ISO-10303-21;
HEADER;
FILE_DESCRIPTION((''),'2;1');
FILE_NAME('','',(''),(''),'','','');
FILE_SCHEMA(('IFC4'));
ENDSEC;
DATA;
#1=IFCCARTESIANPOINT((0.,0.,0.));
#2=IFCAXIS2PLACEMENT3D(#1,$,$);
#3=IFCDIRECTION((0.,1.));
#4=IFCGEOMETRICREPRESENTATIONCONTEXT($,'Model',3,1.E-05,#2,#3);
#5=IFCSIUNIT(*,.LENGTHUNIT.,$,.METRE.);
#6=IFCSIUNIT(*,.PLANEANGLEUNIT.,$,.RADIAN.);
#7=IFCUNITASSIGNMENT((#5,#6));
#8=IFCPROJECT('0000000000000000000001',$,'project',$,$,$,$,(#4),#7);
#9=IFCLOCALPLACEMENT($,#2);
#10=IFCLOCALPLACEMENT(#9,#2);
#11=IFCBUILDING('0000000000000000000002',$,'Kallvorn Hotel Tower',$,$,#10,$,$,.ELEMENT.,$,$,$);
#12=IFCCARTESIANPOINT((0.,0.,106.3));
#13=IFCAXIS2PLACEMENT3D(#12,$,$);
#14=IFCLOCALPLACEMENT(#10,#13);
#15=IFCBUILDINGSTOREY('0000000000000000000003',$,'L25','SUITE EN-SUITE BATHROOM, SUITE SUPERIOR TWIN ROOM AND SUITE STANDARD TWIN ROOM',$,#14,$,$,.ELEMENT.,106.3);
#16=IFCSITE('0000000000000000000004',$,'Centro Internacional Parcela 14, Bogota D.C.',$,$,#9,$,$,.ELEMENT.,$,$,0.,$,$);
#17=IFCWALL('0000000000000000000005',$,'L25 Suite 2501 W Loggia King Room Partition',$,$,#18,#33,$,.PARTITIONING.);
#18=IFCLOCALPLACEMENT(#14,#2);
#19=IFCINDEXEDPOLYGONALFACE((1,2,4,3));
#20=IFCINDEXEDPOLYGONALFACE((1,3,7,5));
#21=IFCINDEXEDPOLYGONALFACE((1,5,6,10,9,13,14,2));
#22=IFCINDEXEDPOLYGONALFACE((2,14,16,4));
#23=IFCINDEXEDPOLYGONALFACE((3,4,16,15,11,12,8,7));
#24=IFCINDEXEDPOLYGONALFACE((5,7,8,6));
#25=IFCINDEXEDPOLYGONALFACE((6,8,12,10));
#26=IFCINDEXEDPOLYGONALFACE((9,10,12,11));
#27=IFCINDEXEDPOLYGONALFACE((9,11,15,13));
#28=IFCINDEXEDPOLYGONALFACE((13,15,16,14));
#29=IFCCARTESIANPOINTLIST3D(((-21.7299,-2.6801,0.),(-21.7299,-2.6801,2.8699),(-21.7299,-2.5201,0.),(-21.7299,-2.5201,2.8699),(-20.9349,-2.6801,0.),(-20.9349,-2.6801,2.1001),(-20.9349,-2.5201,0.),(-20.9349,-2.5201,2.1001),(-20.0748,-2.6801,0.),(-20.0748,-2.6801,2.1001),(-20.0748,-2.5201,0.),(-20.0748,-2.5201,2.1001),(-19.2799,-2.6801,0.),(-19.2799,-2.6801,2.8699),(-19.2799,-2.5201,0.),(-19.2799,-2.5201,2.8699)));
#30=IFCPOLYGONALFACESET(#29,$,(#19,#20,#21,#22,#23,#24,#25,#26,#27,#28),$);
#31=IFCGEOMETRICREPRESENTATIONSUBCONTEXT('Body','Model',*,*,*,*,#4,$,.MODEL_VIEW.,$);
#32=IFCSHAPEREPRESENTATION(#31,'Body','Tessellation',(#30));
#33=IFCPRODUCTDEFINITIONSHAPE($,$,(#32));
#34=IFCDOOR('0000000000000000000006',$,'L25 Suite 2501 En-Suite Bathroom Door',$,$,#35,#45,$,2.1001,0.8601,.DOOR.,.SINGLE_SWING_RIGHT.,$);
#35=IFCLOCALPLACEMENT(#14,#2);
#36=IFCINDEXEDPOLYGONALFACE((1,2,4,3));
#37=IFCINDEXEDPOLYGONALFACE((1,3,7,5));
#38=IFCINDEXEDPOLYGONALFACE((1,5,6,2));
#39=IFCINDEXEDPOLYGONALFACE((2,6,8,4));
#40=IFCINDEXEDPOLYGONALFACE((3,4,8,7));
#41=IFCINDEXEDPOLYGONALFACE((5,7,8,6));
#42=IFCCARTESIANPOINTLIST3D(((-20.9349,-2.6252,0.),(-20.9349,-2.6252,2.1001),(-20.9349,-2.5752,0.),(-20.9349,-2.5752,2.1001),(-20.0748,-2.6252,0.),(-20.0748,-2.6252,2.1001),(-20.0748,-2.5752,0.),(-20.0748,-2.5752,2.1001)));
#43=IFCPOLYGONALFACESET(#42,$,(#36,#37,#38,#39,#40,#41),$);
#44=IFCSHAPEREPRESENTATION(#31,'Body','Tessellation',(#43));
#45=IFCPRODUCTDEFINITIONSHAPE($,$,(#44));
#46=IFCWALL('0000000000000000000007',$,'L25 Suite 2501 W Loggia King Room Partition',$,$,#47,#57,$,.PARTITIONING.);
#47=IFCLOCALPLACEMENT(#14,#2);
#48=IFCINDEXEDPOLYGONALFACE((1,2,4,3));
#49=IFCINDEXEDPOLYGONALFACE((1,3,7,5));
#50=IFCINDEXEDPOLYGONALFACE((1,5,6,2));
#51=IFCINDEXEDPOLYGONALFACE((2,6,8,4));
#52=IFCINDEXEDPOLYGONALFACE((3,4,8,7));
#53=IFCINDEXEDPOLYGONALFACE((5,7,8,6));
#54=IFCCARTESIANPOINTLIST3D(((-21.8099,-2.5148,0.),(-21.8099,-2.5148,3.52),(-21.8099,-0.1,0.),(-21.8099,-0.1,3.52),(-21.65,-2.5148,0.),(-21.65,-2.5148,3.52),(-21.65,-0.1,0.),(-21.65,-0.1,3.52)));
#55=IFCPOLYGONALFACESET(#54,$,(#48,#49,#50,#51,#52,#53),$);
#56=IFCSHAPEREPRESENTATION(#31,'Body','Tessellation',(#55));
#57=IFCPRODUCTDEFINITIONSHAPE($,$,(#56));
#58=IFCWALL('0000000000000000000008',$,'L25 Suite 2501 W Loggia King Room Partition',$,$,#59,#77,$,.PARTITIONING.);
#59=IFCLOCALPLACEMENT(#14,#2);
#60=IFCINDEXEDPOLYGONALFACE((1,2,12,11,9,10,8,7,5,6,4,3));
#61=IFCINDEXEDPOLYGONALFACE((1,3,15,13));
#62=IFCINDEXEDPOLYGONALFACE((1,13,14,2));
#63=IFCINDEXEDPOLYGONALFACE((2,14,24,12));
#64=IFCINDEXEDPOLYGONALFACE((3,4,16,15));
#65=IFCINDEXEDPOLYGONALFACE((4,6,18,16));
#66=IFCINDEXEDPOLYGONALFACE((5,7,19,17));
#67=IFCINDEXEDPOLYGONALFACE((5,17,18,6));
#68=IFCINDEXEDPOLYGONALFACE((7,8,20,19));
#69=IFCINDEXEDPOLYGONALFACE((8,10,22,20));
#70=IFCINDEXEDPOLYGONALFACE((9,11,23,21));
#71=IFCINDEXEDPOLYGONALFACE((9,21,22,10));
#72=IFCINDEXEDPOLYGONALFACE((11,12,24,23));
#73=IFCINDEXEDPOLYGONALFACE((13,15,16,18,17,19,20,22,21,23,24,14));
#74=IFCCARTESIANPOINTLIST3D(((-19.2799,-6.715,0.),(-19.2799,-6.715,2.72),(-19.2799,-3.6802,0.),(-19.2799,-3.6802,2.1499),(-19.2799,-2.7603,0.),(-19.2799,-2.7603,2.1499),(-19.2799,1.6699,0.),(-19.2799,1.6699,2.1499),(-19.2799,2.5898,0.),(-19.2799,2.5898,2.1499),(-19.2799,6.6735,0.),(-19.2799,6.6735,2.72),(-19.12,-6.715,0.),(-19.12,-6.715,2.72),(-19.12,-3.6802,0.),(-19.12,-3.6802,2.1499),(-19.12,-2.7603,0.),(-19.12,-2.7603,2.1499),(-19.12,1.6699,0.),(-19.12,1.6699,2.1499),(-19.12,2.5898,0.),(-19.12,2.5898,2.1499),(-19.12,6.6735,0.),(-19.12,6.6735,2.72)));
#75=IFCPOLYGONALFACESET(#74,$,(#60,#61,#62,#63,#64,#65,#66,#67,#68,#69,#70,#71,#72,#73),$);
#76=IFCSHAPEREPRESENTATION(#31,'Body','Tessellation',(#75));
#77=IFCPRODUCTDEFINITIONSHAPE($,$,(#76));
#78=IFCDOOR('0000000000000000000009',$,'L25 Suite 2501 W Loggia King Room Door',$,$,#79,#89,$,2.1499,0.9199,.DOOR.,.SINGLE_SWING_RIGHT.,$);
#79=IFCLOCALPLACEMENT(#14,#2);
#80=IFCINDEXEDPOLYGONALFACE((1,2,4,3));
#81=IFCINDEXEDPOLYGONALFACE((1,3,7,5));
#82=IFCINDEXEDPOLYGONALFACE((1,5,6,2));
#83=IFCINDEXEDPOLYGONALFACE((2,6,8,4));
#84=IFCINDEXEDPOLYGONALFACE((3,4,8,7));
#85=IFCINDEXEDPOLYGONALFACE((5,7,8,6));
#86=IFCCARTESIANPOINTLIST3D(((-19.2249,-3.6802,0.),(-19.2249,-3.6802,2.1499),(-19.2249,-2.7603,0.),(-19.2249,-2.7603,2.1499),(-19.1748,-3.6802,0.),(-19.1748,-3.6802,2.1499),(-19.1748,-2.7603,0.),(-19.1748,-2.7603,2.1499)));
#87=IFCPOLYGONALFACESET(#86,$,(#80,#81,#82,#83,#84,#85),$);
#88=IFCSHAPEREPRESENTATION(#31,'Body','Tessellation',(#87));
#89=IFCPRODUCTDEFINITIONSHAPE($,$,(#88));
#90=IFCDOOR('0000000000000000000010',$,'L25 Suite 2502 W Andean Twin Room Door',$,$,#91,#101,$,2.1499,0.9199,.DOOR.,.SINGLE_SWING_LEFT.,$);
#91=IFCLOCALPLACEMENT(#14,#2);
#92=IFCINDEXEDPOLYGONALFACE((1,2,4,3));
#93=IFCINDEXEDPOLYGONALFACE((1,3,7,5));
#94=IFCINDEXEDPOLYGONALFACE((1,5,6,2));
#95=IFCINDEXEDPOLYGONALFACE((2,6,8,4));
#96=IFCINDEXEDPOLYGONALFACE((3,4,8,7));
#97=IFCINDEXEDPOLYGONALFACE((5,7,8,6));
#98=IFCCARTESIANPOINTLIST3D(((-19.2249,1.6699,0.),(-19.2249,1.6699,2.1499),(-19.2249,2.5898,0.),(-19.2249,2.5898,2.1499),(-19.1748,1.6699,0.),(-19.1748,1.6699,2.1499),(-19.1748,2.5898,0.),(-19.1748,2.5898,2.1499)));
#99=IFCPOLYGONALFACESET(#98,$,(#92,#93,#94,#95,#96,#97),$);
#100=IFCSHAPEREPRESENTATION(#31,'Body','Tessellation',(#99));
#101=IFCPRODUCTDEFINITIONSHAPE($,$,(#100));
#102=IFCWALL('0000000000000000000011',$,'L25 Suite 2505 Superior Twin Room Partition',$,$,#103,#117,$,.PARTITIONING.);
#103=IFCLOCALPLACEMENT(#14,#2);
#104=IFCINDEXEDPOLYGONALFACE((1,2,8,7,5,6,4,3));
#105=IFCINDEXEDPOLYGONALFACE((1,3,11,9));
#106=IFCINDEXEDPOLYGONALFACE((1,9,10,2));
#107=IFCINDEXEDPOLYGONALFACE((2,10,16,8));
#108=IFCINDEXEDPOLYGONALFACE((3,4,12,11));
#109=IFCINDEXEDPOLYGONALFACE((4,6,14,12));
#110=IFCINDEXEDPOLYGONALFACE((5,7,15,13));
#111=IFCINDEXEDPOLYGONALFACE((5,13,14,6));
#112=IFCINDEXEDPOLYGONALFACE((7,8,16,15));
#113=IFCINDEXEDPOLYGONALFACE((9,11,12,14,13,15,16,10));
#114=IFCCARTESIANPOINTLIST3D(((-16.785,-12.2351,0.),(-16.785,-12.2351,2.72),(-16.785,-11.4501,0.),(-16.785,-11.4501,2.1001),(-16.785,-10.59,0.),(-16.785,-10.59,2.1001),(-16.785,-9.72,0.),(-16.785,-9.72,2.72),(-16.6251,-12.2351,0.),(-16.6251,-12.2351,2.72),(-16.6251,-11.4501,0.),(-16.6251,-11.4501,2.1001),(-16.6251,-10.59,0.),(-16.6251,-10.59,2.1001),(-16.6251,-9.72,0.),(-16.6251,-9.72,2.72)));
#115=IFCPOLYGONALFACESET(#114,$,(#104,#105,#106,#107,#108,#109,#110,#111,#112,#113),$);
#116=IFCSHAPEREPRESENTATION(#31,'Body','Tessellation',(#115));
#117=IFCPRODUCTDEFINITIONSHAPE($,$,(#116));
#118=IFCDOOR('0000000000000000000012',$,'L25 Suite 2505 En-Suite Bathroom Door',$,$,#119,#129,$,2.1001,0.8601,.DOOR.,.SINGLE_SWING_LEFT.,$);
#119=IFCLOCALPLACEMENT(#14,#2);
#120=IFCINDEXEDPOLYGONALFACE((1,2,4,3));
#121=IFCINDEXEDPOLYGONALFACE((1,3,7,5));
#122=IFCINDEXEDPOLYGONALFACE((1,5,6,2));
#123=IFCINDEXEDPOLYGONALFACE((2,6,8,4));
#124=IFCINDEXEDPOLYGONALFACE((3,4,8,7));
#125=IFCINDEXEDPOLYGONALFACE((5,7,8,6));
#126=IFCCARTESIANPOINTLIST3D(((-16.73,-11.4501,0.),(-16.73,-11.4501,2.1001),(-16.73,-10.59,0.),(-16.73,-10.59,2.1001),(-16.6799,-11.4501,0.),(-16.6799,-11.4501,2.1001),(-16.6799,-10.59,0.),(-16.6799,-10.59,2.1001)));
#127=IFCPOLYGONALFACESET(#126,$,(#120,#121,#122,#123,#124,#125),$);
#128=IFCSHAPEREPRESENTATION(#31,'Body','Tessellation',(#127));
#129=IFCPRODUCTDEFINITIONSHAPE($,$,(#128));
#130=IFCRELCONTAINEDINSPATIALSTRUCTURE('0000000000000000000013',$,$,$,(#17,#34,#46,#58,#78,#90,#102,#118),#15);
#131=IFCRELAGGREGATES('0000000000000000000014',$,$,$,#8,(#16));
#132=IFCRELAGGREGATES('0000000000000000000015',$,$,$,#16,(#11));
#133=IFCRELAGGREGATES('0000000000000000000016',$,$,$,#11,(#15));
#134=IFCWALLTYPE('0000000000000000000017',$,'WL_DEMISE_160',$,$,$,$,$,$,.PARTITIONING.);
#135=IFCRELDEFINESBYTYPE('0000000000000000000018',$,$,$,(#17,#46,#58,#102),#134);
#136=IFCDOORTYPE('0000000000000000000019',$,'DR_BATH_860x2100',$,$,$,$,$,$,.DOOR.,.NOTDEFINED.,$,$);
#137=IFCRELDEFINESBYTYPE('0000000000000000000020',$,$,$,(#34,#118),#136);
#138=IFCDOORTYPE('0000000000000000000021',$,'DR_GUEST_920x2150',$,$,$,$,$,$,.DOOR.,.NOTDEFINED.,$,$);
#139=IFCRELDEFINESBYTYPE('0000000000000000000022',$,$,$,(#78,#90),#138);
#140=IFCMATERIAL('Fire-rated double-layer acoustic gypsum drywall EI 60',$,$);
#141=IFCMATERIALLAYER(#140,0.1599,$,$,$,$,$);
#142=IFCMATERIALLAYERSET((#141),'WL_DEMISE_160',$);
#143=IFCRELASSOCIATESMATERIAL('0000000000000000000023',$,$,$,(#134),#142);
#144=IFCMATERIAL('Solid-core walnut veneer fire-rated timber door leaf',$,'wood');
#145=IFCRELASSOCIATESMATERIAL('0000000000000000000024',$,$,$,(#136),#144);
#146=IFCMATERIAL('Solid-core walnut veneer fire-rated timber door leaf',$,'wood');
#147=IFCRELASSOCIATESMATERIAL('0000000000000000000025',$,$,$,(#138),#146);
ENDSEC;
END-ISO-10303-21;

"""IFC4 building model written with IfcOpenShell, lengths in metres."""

from ifc_helpers import new_model, si_unit, direction, frame, frame_2d, origin, place, context, subcontext, project, spatial, rectangle, extrude, material, layer, layer_set, type_object, element, fill, save


model = new_model("IFC4")

# Units and contexts
model_context = context("Model", 3, precision=1e-05, world=origin(), true_north=direction((0.0, 1.0)))
body_context = subcontext(model_context, "Body", "Model", "MODEL_VIEW")
ifc_project = project(units=[si_unit("LENGTHUNIT", "METRE"), si_unit("PLANEANGLEUNIT", "RADIAN")], contexts=[model_context])

# Site, building, storey
site_placement = place(None, origin())
site = spatial("IfcSite", under=ifc_project, at=site_placement, Name="Centro Internacional Parcela 14, Bogota D.C.", CompositionType="ELEMENT", RefElevation=0.0)
building_placement = place(site_placement, origin())
building = spatial("IfcBuilding", under=site, at=building_placement, Name="Kallvorn Hotel Tower", CompositionType="ELEMENT")
storey_placement = place(building_placement, frame((0.0, 0.0, 106.3)))
storey = spatial("IfcBuildingStorey", under=building, at=storey_placement, Name="L25", Description="SUITE EN-SUITE BATHROOM, SUITE SUPERIOR TWIN ROOM AND SUITE STANDARD TWIN ROOM", CompositionType="ELEMENT", Elevation=106.3)

# Shared definitions
ifc_material_1 = material(Name="Fire-rated double-layer acoustic gypsum drywall EI 60")
ifc_layer = layer(ifc_material_1, 0.1599)
ifc_layer_set = layer_set([ifc_layer], Name="WL_DEMISE_160")
wall_type = type_object("IfcWallType", Name="WL_DEMISE_160", PredefinedType="PARTITIONING", material=ifc_layer_set)

# Wall, opening, door
wall_1_placement = place(storey_placement, frame((-21.73, -2.6001, 0.0), z_axis=(0.0, 0.0, 1.0), x_axis=(1.0, 0.0, 0.0)))
wall_1 = element("IfcWall", 1, at=wall_1_placement, inside=storey, type_object=wall_type, Name="L25 Suite 2501 W Loggia King Room Partition", PredefinedType="PARTITIONING", context=body_context, shape_type="SweptSolid", body=[
    extrude(rectangle(XDim=2.45, YDim=0.1599, at=frame_2d((1.2251, 0.0))), origin(), (0.0, 0.0, 1.0), 2.8699),
])
opening_1_placement = place(wall_1_placement, frame((0.7949, 0.0, 0.0)))
opening_1 = element("IfcOpeningElement", 2, at=opening_1_placement, cuts=wall_1, PredefinedType="OPENING", context=body_context, shape_type="SweptSolid", body=[
    extrude(rectangle(XDim=0.8601, YDim=2.1001, at=frame_2d((0.4302, 1.05))), frame((0.0, 0.095, 0.0), z_axis=(0.0, -1.0, 0.0), x_axis=(1.0, 0.0, 0.0)), (0.0, 0.0, 1.0), 0.1899),
])
ifc_material_2 = material(Name="Solid-core walnut veneer fire-rated timber door leaf", Category="wood")
door_type_1 = type_object("IfcDoorType", Name="DR_BATH_860x2100", OperationType="NOTDEFINED", PredefinedType="DOOR", material=ifc_material_2)
door_1_placement = place(opening_1_placement, origin())
door_1 = element("IfcDoor", 3, at=door_1_placement, inside=storey, type_object=door_type_1, Name="L25 Suite 2501 En-Suite Bathroom Door", OperationType="SINGLE_SWING_RIGHT", OverallHeight=2.1001, OverallWidth=0.8601, PredefinedType="DOOR", context=body_context, shape_type="SweptSolid", body=[
    extrude(rectangle(XDim=0.8601, YDim=2.1001, at=frame_2d((0.4302, 1.05))), frame((0.0, 0.0249, 0.0), z_axis=(0.0, -1.0, 0.0), x_axis=(1.0, 0.0, 0.0)), (0.0, 0.0, 1.0), 0.05),
])
fill(opening_1, door_1)

# Wall
wall_2_placement = place(storey_placement, frame((-21.73, -2.5149, 0.0), z_axis=(0.0, 0.0, 1.0), x_axis=(0.0, 1.0, 0.0)))
element("IfcWall", 4, at=wall_2_placement, inside=storey, type_object=wall_type, Name="L25 Suite 2501 W Loggia King Room Partition", PredefinedType="PARTITIONING", context=body_context, shape_type="SweptSolid", body=[
    extrude(rectangle(XDim=2.4148, YDim=0.1599, at=frame_2d((1.2075, 0.0))), origin(), (0.0, 0.0, 1.0), 3.52),
])

# Wall, openings, doors
wall_3_placement = place(storey_placement, frame((-19.2, -6.7151, 0.0), z_axis=(0.0, 0.0, 1.0), x_axis=(0.0, 1.0, 0.0)))
wall_3 = element("IfcWall", 5, at=wall_3_placement, inside=storey, type_object=wall_type, Name="L25 Suite 2501 W Loggia King Room Partition", PredefinedType="PARTITIONING", context=body_context, shape_type="SweptSolid", body=[
    extrude(rectangle(XDim=13.3884, YDim=0.1599, at=frame_2d((6.6943, 0.0))), origin(), (0.0, 0.0, 1.0), 2.72),
])
opening_2_placement = place(wall_3_placement, frame((3.0349, 0.0, 0.0)))
opening_2 = element("IfcOpeningElement", 6, at=opening_2_placement, cuts=wall_3, PredefinedType="OPENING", context=body_context, shape_type="SweptSolid", body=[
    extrude(rectangle(XDim=0.9199, YDim=2.1499, at=frame_2d((0.46, 1.075))), frame((0.0, 0.095, 0.0), z_axis=(0.0, -1.0, 0.0), x_axis=(1.0, 0.0, 0.0)), (0.0, 0.0, 1.0), 0.1899),
])
opening_3_placement = place(wall_3_placement, frame((8.385, 0.0, 0.0)))
opening_3 = element("IfcOpeningElement", 7, at=opening_3_placement, cuts=wall_3, PredefinedType="OPENING", context=body_context, shape_type="SweptSolid", body=[
    extrude(rectangle(XDim=0.9199, YDim=2.1499, at=frame_2d((0.46, 1.075))), frame((0.0, 0.095, 0.0), z_axis=(0.0, -1.0, 0.0), x_axis=(1.0, 0.0, 0.0)), (0.0, 0.0, 1.0), 0.1899),
])
ifc_material_3 = material(Name="Solid-core walnut veneer fire-rated timber door leaf", Category="wood")
door_type_2 = type_object("IfcDoorType", Name="DR_GUEST_920x2150", OperationType="NOTDEFINED", PredefinedType="DOOR", material=ifc_material_3)
door_2_placement = place(opening_2_placement, origin())
door_2 = element("IfcDoor", 8, at=door_2_placement, inside=storey, type_object=door_type_2, Name="L25 Suite 2501 W Loggia King Room Door", OperationType="SINGLE_SWING_RIGHT", OverallHeight=2.1499, OverallWidth=0.9199, PredefinedType="DOOR", context=body_context, shape_type="SweptSolid", body=[
    extrude(rectangle(XDim=0.9199, YDim=2.1499, at=frame_2d((0.46, 1.075))), frame((0.0, 0.0249, 0.0), z_axis=(0.0, -1.0, 0.0), x_axis=(1.0, 0.0, 0.0)), (0.0, 0.0, 1.0), 0.05),
])
fill(opening_2, door_2)
door_3_placement = place(opening_3_placement, origin())
door_3 = element("IfcDoor", 9, at=door_3_placement, inside=storey, type_object=door_type_2, Name="L25 Suite 2502 W Andean Twin Room Door", OperationType="SINGLE_SWING_LEFT", OverallHeight=2.1499, OverallWidth=0.9199, PredefinedType="DOOR", context=body_context, shape_type="SweptSolid", body=[
    extrude(rectangle(XDim=0.9199, YDim=2.1499, at=frame_2d((0.46, 1.075))), frame((0.0, 0.0249, 0.0), z_axis=(0.0, -1.0, 0.0), x_axis=(1.0, 0.0, 0.0)), (0.0, 0.0, 1.0), 0.05),
])
fill(opening_3, door_3)

# Wall, opening, door
wall_4_placement = place(storey_placement, frame((-16.7051, -12.2351, 0.0), z_axis=(0.0, 0.0, 1.0), x_axis=(0.0, 1.0, 0.0)))
wall_4 = element("IfcWall", 10, at=wall_4_placement, inside=storey, type_object=wall_type, Name="L25 Suite 2505 Superior Twin Room Partition", PredefinedType="PARTITIONING", context=body_context, shape_type="SweptSolid", body=[
    extrude(rectangle(XDim=2.5151, YDim=0.1599, at=frame_2d((1.2576, 0.0))), origin(), (0.0, 0.0, 1.0), 2.72),
])
opening_4_placement = place(wall_4_placement, frame((0.7849, 0.0, 0.0)))
opening_4 = element("IfcOpeningElement", 11, at=opening_4_placement, cuts=wall_4, PredefinedType="OPENING", context=body_context, shape_type="SweptSolid", body=[
    extrude(rectangle(XDim=0.8601, YDim=2.1001, at=frame_2d((0.4302, 1.05))), frame((0.0, 0.095, 0.0), z_axis=(0.0, -1.0, 0.0), x_axis=(1.0, 0.0, 0.0)), (0.0, 0.0, 1.0), 0.1899),
])
door_4_placement = place(opening_4_placement, origin())
door_4 = element("IfcDoor", 12, at=door_4_placement, inside=storey, type_object=door_type_1, Name="L25 Suite 2505 En-Suite Bathroom Door", OperationType="SINGLE_SWING_LEFT", OverallHeight=2.1001, OverallWidth=0.8601, PredefinedType="DOOR", context=body_context, shape_type="SweptSolid", body=[
    extrude(rectangle(XDim=0.8601, YDim=2.1001, at=frame_2d((0.4302, 1.05))), frame((0.0, 0.0249, 0.0), z_axis=(0.0, -1.0, 0.0), x_axis=(1.0, 0.0, 0.0)), (0.0, 0.0, 1.0), 0.05),
])
fill(opening_4, door_4)

save(model, "model.ifc")
